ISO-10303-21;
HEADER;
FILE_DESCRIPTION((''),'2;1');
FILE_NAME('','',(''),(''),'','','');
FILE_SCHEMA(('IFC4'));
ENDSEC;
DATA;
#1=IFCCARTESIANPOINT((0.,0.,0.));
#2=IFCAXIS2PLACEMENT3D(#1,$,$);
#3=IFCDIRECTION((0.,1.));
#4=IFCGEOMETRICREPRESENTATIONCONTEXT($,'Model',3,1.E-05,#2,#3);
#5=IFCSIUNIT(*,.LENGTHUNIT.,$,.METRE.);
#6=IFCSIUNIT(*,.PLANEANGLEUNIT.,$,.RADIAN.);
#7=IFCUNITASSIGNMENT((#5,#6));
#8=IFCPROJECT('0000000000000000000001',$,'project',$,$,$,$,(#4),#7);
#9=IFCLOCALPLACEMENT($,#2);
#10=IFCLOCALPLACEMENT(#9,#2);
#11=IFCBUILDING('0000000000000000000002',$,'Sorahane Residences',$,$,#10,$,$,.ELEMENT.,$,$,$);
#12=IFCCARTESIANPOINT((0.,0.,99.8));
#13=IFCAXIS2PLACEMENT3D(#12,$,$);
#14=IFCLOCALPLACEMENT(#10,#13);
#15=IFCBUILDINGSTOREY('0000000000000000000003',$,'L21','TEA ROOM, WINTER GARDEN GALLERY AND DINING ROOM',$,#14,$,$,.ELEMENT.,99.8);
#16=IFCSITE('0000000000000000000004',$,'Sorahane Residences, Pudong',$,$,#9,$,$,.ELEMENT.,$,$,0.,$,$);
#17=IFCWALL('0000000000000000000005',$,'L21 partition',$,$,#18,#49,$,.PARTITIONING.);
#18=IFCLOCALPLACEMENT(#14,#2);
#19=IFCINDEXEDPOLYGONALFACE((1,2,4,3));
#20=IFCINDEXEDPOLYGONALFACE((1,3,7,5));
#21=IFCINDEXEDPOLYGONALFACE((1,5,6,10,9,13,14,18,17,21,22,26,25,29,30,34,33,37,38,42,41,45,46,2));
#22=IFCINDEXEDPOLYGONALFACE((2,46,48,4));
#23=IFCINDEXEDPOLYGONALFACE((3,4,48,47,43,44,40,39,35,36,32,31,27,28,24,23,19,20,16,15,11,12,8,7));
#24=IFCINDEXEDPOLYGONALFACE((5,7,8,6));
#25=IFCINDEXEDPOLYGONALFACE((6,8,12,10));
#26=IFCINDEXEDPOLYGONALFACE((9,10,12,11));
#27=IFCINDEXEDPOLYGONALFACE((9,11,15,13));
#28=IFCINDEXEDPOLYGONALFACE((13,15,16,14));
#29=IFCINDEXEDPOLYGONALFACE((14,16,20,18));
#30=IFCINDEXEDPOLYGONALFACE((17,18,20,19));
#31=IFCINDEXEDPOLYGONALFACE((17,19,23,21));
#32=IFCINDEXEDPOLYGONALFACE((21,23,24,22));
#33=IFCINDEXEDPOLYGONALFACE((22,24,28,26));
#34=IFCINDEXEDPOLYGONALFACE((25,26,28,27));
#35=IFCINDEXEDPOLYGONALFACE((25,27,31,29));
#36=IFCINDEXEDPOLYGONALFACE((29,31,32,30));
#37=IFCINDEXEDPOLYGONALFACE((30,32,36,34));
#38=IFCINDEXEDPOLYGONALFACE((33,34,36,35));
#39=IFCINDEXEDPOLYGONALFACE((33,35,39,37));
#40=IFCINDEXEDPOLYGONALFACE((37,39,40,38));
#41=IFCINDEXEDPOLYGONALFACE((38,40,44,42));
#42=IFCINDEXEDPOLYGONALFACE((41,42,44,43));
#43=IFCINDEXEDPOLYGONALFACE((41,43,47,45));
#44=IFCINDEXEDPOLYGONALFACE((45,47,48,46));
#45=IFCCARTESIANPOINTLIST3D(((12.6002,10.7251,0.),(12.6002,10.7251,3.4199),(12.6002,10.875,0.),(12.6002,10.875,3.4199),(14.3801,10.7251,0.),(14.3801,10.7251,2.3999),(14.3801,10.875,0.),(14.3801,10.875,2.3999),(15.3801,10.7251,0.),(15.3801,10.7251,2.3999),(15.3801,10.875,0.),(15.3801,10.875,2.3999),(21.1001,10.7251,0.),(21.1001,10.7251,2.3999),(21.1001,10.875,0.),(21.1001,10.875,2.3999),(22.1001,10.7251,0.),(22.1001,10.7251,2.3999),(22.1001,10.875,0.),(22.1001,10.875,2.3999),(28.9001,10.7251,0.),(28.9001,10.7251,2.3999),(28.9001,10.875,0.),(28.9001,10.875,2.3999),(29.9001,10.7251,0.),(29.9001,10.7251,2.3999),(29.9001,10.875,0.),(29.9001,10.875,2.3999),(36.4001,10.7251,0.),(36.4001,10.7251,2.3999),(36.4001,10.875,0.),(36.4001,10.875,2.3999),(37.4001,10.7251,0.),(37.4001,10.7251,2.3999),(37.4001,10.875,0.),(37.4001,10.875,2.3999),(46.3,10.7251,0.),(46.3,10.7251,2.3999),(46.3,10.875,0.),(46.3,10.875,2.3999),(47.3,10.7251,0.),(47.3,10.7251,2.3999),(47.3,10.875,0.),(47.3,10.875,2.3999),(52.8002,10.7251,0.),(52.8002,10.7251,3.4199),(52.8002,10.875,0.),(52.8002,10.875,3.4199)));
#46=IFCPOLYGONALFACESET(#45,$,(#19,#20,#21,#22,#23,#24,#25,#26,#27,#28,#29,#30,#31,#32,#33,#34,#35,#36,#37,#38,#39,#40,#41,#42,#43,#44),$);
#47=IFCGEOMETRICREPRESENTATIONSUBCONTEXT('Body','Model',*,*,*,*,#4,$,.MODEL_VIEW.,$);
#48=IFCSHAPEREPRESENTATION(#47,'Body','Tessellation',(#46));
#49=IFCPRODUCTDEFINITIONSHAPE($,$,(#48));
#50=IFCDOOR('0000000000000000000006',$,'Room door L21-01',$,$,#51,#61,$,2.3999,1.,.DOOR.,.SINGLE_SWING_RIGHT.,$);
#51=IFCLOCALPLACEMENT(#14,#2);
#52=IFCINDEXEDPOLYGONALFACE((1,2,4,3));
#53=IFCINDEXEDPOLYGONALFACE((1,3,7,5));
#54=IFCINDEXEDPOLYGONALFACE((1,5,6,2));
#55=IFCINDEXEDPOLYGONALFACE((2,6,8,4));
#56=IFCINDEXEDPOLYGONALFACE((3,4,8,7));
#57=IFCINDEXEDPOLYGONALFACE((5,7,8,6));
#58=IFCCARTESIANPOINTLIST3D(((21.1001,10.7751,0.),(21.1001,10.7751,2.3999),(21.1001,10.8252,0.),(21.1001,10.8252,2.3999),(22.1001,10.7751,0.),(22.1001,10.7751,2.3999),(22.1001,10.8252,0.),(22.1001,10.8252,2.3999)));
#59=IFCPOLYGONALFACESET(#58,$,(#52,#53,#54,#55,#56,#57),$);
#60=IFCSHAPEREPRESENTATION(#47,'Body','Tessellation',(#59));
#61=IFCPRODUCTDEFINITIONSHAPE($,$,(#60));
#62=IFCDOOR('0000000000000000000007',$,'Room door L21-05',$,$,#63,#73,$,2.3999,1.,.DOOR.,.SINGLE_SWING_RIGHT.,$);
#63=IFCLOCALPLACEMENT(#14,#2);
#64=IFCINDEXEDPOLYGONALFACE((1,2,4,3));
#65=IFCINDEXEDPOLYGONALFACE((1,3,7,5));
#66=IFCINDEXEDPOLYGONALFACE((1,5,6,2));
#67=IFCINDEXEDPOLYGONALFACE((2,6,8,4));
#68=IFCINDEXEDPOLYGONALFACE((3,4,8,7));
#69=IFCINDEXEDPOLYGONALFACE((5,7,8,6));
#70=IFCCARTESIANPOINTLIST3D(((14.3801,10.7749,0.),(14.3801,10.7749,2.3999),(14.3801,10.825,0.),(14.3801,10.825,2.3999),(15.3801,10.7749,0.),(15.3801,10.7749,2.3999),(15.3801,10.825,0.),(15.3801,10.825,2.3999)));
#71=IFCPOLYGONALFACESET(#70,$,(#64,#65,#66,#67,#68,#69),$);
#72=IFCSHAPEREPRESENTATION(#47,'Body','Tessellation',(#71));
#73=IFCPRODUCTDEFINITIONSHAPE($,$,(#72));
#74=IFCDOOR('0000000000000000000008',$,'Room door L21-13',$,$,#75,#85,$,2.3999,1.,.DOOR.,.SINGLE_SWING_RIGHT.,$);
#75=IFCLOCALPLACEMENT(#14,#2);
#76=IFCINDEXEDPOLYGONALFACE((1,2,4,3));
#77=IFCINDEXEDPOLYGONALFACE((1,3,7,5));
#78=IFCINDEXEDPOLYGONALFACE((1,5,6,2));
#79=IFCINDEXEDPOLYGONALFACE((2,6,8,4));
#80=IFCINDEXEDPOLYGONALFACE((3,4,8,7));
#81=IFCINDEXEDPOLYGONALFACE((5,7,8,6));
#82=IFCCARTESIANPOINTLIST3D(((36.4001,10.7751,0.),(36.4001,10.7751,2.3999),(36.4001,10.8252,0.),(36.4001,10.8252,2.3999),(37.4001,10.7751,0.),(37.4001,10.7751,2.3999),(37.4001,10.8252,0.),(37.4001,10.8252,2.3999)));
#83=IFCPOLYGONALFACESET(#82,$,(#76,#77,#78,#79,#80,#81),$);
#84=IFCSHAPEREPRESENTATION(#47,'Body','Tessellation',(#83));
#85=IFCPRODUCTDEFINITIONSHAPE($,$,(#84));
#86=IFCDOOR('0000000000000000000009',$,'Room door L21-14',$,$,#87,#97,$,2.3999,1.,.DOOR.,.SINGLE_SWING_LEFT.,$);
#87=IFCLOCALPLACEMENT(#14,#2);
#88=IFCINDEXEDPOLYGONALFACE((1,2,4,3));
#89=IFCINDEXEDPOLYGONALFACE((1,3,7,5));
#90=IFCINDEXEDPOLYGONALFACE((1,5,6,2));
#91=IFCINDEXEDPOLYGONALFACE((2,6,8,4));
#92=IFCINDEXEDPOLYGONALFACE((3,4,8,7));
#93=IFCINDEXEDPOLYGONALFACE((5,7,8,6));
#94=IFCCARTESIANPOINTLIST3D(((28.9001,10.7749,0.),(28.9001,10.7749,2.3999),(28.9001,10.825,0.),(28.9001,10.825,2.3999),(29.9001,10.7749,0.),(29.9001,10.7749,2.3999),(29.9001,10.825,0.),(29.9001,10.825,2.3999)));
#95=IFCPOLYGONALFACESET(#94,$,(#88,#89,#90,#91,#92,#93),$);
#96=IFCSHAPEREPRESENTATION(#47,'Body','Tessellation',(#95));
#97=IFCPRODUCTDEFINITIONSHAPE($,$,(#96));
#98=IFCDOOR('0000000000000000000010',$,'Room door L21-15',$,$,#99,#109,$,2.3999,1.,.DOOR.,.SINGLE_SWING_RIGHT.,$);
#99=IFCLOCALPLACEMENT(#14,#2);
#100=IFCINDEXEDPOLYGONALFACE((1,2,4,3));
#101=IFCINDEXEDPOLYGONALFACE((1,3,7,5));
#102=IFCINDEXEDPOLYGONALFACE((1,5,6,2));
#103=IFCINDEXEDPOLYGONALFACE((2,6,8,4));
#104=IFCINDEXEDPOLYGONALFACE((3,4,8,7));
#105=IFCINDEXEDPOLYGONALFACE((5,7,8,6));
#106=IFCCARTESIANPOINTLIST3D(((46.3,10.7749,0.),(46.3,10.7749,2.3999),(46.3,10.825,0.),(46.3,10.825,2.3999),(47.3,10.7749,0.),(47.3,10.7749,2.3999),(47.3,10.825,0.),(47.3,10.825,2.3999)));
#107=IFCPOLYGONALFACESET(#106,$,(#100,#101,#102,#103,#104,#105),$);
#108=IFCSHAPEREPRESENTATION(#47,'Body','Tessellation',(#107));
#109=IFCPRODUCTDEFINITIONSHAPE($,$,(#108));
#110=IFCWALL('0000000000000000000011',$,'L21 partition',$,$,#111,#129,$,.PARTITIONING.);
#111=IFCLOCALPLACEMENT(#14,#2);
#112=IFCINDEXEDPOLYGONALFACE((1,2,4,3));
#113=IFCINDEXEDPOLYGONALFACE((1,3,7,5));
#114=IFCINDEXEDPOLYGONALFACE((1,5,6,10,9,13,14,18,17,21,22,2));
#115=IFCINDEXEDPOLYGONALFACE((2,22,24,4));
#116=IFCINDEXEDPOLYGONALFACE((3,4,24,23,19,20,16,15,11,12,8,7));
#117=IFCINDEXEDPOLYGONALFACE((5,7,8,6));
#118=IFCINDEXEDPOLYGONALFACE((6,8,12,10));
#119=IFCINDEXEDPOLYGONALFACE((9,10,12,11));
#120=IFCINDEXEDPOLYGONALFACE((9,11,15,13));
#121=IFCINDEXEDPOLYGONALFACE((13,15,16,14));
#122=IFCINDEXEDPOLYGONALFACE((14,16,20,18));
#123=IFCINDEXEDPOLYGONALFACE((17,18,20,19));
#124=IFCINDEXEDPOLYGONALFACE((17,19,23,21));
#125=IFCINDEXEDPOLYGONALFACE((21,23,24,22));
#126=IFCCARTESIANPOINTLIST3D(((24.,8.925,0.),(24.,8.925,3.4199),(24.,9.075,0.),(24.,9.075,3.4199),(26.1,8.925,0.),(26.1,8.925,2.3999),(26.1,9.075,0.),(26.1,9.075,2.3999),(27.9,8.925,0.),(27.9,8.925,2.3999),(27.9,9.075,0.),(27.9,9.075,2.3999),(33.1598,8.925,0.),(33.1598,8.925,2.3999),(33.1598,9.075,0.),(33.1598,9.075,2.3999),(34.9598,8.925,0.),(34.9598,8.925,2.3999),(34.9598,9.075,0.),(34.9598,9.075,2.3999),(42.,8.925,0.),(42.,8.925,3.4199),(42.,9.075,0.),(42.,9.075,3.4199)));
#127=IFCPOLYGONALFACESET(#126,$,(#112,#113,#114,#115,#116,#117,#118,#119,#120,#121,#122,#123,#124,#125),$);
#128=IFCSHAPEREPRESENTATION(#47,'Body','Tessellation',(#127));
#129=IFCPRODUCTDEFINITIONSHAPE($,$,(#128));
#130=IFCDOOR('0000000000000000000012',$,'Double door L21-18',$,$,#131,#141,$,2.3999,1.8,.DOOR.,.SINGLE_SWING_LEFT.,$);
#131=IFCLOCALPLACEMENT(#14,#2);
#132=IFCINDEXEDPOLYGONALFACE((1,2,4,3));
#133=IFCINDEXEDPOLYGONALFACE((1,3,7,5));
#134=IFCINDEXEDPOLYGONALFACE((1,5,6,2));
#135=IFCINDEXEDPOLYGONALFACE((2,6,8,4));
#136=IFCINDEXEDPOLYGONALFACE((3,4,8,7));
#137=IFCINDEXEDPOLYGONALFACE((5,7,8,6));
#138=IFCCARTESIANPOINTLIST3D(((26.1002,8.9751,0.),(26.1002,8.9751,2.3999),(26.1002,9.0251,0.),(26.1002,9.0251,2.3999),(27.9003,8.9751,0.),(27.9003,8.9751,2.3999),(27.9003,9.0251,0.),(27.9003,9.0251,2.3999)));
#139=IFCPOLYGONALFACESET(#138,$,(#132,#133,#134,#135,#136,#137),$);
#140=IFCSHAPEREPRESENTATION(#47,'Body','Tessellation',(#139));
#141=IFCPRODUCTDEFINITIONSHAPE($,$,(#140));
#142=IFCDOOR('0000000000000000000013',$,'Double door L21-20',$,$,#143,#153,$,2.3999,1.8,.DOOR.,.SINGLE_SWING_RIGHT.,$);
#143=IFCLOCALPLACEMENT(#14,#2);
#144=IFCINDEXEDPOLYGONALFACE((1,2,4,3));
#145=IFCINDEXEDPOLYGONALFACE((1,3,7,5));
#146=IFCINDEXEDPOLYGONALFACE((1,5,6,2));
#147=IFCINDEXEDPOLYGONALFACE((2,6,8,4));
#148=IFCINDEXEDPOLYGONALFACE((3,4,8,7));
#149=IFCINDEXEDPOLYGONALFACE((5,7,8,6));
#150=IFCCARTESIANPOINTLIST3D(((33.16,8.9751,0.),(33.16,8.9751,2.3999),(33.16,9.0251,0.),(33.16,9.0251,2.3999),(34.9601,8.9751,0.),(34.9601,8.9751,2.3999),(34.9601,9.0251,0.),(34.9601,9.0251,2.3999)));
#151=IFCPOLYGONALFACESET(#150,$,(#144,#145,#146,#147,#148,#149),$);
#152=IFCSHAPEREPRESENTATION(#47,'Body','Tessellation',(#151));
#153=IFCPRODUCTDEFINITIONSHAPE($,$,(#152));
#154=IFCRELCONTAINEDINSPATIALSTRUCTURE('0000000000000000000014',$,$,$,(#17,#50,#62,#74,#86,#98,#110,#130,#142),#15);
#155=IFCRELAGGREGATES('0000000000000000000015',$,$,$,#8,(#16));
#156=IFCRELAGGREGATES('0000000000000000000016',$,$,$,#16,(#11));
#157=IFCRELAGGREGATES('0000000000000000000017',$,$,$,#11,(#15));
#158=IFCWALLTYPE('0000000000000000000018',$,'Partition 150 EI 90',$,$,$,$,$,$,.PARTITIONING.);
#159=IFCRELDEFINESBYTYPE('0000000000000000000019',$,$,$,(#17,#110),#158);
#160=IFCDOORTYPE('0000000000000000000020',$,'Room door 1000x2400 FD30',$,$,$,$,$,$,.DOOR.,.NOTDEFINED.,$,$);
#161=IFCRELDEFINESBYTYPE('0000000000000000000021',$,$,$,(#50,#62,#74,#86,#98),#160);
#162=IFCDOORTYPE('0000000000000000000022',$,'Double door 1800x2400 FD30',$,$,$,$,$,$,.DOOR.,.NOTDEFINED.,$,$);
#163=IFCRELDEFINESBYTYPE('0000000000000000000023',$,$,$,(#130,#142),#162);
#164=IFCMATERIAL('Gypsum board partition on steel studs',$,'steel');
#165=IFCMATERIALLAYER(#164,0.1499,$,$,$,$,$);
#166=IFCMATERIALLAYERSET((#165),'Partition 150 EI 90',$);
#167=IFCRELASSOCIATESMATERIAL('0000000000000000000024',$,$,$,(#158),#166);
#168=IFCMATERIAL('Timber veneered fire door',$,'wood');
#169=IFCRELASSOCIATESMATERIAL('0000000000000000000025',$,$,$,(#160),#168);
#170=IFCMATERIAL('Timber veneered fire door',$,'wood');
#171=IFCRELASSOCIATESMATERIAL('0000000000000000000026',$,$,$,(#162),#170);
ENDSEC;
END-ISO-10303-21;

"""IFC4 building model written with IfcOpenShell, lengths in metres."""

from ifc_helpers import new_model, si_unit, direction, frame, frame_2d, origin, place, context, subcontext, project, spatial, rectangle, extrude, material, layer, layer_set, type_object, element, fill, save


model = new_model("IFC4")

# Units and contexts
model_context = context("Model", 3, precision=1e-05, world=origin(), true_north=direction((0.0, 1.0)))
body_context = subcontext(model_context, "Body", "Model", "MODEL_VIEW")
ifc_project = project(units=[si_unit("LENGTHUNIT", "METRE"), si_unit("PLANEANGLEUNIT", "RADIAN")], contexts=[model_context])

# Site, building, storey
site_placement = place(None, origin())
site = spatial("IfcSite", under=ifc_project, at=site_placement, Name="Sorahane Residences, Pudong", CompositionType="ELEMENT", RefElevation=0.0)
building_placement = place(site_placement, origin())
building = spatial("IfcBuilding", under=site, at=building_placement, Name="Sorahane Residences", CompositionType="ELEMENT")
storey_placement = place(building_placement, frame((0.0, 0.0, 99.8)))
storey = spatial("IfcBuildingStorey", under=building, at=storey_placement, Name="L21", Description="TEA ROOM, WINTER GARDEN GALLERY AND DINING ROOM", CompositionType="ELEMENT", Elevation=99.8)

# Shared definitions
ifc_material_1 = material(Name="Gypsum board partition on steel studs", Category="steel")
ifc_layer_1 = layer(ifc_material_1, 0.1499)
ifc_layer_set_1 = layer_set([ifc_layer_1], Name="Partition 150 EI 90")
wall_type_1 = type_object("IfcWallType", Name="Partition 150 EI 90", PredefinedType="PARTITIONING", material=ifc_layer_set_1)

# Walls, openings, doors
wall_1_placement = place(storey_placement, frame((12.6001, 10.8, 0.0), z_axis=(0.0, 0.0, 1.0), x_axis=(1.0, 0.0, 0.0)))
wall_1 = element("IfcWall", 1, at=wall_1_placement, inside=storey, type_object=wall_type_1, Name="L21 partition", PredefinedType="PARTITIONING", context=body_context, shape_type="SweptSolid", body=[
    extrude(rectangle(XDim=40.2, YDim=0.1499, at=frame_2d((20.1001, 0.0))), origin(), (0.0, 0.0, 1.0), 3.4199),
])
opening_1_placement = place(wall_1_placement, frame((8.5, 0.0, 0.0)))
opening_1 = element("IfcOpeningElement", 2, at=opening_1_placement, cuts=wall_1, PredefinedType="OPENING", context=body_context, shape_type="SweptSolid", body=[
    extrude(rectangle(XDim=1.0, YDim=2.3999, at=frame_2d((0.5, 1.2))), frame((0.0, 0.085, 0.0), z_axis=(0.0, -1.0, 0.0), x_axis=(1.0, 0.0, 0.0)), (0.0, 0.0, 1.0), 0.1699),
])
opening_2_placement = place(wall_1_placement, frame((1.78, 0.0, 0.0)))
opening_2 = element("IfcOpeningElement", 3, at=opening_2_placement, cuts=wall_1, PredefinedType="OPENING", context=body_context, shape_type="SweptSolid", body=[
    extrude(rectangle(XDim=1.0, YDim=2.3999, at=frame_2d((0.5, 1.2))), frame((0.0, 0.085, 0.0), z_axis=(0.0, -1.0, 0.0), x_axis=(1.0, 0.0, 0.0)), (0.0, 0.0, 1.0), 0.1699),
])
opening_3_placement = place(wall_1_placement, frame((23.8, 0.0, 0.0)))
opening_3 = element("IfcOpeningElement", 4, at=opening_3_placement, cuts=wall_1, PredefinedType="OPENING", context=body_context, shape_type="SweptSolid", body=[
    extrude(rectangle(XDim=1.0, YDim=2.3999, at=frame_2d((0.5, 1.2))), frame((0.0, 0.085, 0.0), z_axis=(0.0, -1.0, 0.0), x_axis=(1.0, 0.0, 0.0)), (0.0, 0.0, 1.0), 0.1699),
])
opening_4_placement = place(wall_1_placement, frame((16.3, 0.0, 0.0)))
opening_4 = element("IfcOpeningElement", 5, at=opening_4_placement, cuts=wall_1, PredefinedType="OPENING", context=body_context, shape_type="SweptSolid", body=[
    extrude(rectangle(XDim=1.0, YDim=2.3999, at=frame_2d((0.5, 1.2))), frame((0.0, 0.085, 0.0), z_axis=(0.0, -1.0, 0.0), x_axis=(1.0, 0.0, 0.0)), (0.0, 0.0, 1.0), 0.1699),
])
opening_5_placement = place(wall_1_placement, frame((33.7, 0.0, 0.0)))
opening_5 = element("IfcOpeningElement", 6, at=opening_5_placement, cuts=wall_1, PredefinedType="OPENING", context=body_context, shape_type="SweptSolid", body=[
    extrude(rectangle(XDim=1.0, YDim=2.3999, at=frame_2d((0.5, 1.2))), frame((0.0, 0.085, 0.0), z_axis=(0.0, -1.0, 0.0), x_axis=(1.0, 0.0, 0.0)), (0.0, 0.0, 1.0), 0.1699),
])
ifc_material_2 = material(Name="Timber veneered fire door", Category="wood")
door_type_1 = type_object("IfcDoorType", Name="Room door 1000x2400 FD30", OperationType="NOTDEFINED", PredefinedType="DOOR", material=ifc_material_2)
door_1_placement = place(opening_1_placement, frame((1.0, 0.0, 0.0), z_axis=(0.0, 0.0, 1.0), x_axis=(-1.0, 0.0, 0.0)))
door_1 = element("IfcDoor", 7, at=door_1_placement, inside=storey, type_object=door_type_1, Name="Room door L21-01", OperationType="SINGLE_SWING_RIGHT", OverallHeight=2.3999, OverallWidth=1.0, PredefinedType="DOOR", context=body_context, shape_type="SweptSolid", body=[
    extrude(rectangle(XDim=1.0, YDim=2.3999, at=frame_2d((0.5, 1.2))), frame((0.0, 0.0249, 0.0), z_axis=(0.0, -1.0, 0.0), x_axis=(1.0, 0.0, 0.0)), (0.0, 0.0, 1.0), 0.05),
])
fill(opening_1, door_1)
door_2_placement = place(opening_2_placement, origin())
door_2 = element("IfcDoor", 8, at=door_2_placement, inside=storey, type_object=door_type_1, Name="Room door L21-05", OperationType="SINGLE_SWING_RIGHT", OverallHeight=2.3999, OverallWidth=1.0, PredefinedType="DOOR", context=body_context, shape_type="SweptSolid", body=[
    extrude(rectangle(XDim=1.0, YDim=2.3999, at=frame_2d((0.5, 1.2))), frame((0.0, 0.0249, 0.0), z_axis=(0.0, -1.0, 0.0), x_axis=(1.0, 0.0, 0.0)), (0.0, 0.0, 1.0), 0.05),
])
fill(opening_2, door_2)
door_3_placement = place(opening_3_placement, frame((1.0, 0.0, 0.0), z_axis=(0.0, 0.0, 1.0), x_axis=(-1.0, 0.0, 0.0)))
door_3 = element("IfcDoor", 9, at=door_3_placement, inside=storey, type_object=door_type_1, Name="Room door L21-13", OperationType="SINGLE_SWING_RIGHT", OverallHeight=2.3999, OverallWidth=1.0, PredefinedType="DOOR", context=body_context, shape_type="SweptSolid", body=[
    extrude(rectangle(XDim=1.0, YDim=2.3999, at=frame_2d((0.5, 1.2))), frame((0.0, 0.0249, 0.0), z_axis=(0.0, -1.0, 0.0), x_axis=(1.0, 0.0, 0.0)), (0.0, 0.0, 1.0), 0.05),
])
fill(opening_3, door_3)
door_4_placement = place(opening_4_placement, origin())
door_4 = element("IfcDoor", 10, at=door_4_placement, inside=storey, type_object=door_type_1, Name="Room door L21-14", OperationType="SINGLE_SWING_LEFT", OverallHeight=2.3999, OverallWidth=1.0, PredefinedType="DOOR", context=body_context, shape_type="SweptSolid", body=[
    extrude(rectangle(XDim=1.0, YDim=2.3999, at=frame_2d((0.5, 1.2))), frame((0.0, 0.0249, 0.0), z_axis=(0.0, -1.0, 0.0), x_axis=(1.0, 0.0, 0.0)), (0.0, 0.0, 1.0), 0.05),
])
fill(opening_4, door_4)
door_5_placement = place(opening_5_placement, origin())
door_5 = element("IfcDoor", 11, at=door_5_placement, inside=storey, type_object=door_type_1, Name="Room door L21-15", OperationType="SINGLE_SWING_RIGHT", OverallHeight=2.3999, OverallWidth=1.0, PredefinedType="DOOR", context=body_context, shape_type="SweptSolid", body=[
    extrude(rectangle(XDim=1.0, YDim=2.3999, at=frame_2d((0.5, 1.2))), frame((0.0, 0.0249, 0.0), z_axis=(0.0, -1.0, 0.0), x_axis=(1.0, 0.0, 0.0)), (0.0, 0.0, 1.0), 0.05),
])
fill(opening_5, door_5)
wall_2_placement = place(storey_placement, frame((24.0, 9.0, 0.0), z_axis=(0.0, 0.0, 1.0), x_axis=(1.0, 0.0, 0.0)))
wall_2 = element("IfcWall", 12, at=wall_2_placement, inside=storey, type_object=wall_type_1, Name="L21 partition", PredefinedType="PARTITIONING", context=body_context, shape_type="SweptSolid", body=[
    extrude(rectangle(XDim=18.0, YDim=0.1499, at=frame_2d((9.0, 0.0))), origin(), (0.0, 0.0, 1.0), 3.4199),
])
opening_6_placement = place(wall_2_placement, frame((2.1001, 0.0, 0.0)))
opening_6 = element("IfcOpeningElement", 13, at=opening_6_placement, cuts=wall_2, PredefinedType="OPENING", context=body_context, shape_type="SweptSolid", body=[
    extrude(rectangle(XDim=1.8, YDim=2.3999, at=frame_2d((0.8999, 1.2))), frame((0.0, 0.085, 0.0), z_axis=(0.0, -1.0, 0.0), x_axis=(1.0, 0.0, 0.0)), (0.0, 0.0, 1.0), 0.1699),
])
opening_7_placement = place(wall_2_placement, frame((9.1599, 0.0, 0.0)))
opening_7 = element("IfcOpeningElement", 14, at=opening_7_placement, cuts=wall_2, PredefinedType="OPENING", context=body_context, shape_type="SweptSolid", body=[
    extrude(rectangle(XDim=1.8, YDim=2.3999, at=frame_2d((0.8999, 1.2))), frame((0.0, 0.085, 0.0), z_axis=(0.0, -1.0, 0.0), x_axis=(1.0, 0.0, 0.0)), (0.0, 0.0, 1.0), 0.1699),
])
ifc_material_3 = material(Name="Timber veneered fire door", Category="wood")
door_type_2 = type_object("IfcDoorType", Name="Double door 1800x2400 FD30", OperationType="NOTDEFINED", PredefinedType="DOOR", material=ifc_material_3)
door_6_placement = place(opening_6_placement, frame((1.8, 0.0, 0.0), z_axis=(0.0, 0.0, 1.0), x_axis=(-1.0, 0.0, 0.0)))
door_6 = element("IfcDoor", 15, at=door_6_placement, inside=storey, type_object=door_type_2, Name="Double door L21-18", OperationType="SINGLE_SWING_LEFT", OverallHeight=2.3999, OverallWidth=1.8, PredefinedType="DOOR", context=body_context, shape_type="SweptSolid", body=[
    extrude(rectangle(XDim=1.8, YDim=2.3999, at=frame_2d((0.8999, 1.2))), frame((0.0, 0.0249, 0.0), z_axis=(0.0, -1.0, 0.0), x_axis=(1.0, 0.0, 0.0)), (0.0, 0.0, 1.0), 0.05),
])
fill(opening_6, door_6)
door_7_placement = place(opening_7_placement, frame((1.8, 0.0, 0.0), z_axis=(0.0, 0.0, 1.0), x_axis=(-1.0, 0.0, 0.0)))
door_7 = element("IfcDoor", 16, at=door_7_placement, inside=storey, type_object=door_type_2, Name="Double door L21-20", OperationType="SINGLE_SWING_RIGHT", OverallHeight=2.3999, OverallWidth=1.8, PredefinedType="DOOR", context=body_context, shape_type="SweptSolid", body=[
    extrude(rectangle(XDim=1.8, YDim=2.3999, at=frame_2d((0.8999, 1.2))), frame((0.0, 0.0249, 0.0), z_axis=(0.0, -1.0, 0.0), x_axis=(1.0, 0.0, 0.0)), (0.0, 0.0, 1.0), 0.05),
])
fill(opening_7, door_7)

save(model, "model.ifc")
